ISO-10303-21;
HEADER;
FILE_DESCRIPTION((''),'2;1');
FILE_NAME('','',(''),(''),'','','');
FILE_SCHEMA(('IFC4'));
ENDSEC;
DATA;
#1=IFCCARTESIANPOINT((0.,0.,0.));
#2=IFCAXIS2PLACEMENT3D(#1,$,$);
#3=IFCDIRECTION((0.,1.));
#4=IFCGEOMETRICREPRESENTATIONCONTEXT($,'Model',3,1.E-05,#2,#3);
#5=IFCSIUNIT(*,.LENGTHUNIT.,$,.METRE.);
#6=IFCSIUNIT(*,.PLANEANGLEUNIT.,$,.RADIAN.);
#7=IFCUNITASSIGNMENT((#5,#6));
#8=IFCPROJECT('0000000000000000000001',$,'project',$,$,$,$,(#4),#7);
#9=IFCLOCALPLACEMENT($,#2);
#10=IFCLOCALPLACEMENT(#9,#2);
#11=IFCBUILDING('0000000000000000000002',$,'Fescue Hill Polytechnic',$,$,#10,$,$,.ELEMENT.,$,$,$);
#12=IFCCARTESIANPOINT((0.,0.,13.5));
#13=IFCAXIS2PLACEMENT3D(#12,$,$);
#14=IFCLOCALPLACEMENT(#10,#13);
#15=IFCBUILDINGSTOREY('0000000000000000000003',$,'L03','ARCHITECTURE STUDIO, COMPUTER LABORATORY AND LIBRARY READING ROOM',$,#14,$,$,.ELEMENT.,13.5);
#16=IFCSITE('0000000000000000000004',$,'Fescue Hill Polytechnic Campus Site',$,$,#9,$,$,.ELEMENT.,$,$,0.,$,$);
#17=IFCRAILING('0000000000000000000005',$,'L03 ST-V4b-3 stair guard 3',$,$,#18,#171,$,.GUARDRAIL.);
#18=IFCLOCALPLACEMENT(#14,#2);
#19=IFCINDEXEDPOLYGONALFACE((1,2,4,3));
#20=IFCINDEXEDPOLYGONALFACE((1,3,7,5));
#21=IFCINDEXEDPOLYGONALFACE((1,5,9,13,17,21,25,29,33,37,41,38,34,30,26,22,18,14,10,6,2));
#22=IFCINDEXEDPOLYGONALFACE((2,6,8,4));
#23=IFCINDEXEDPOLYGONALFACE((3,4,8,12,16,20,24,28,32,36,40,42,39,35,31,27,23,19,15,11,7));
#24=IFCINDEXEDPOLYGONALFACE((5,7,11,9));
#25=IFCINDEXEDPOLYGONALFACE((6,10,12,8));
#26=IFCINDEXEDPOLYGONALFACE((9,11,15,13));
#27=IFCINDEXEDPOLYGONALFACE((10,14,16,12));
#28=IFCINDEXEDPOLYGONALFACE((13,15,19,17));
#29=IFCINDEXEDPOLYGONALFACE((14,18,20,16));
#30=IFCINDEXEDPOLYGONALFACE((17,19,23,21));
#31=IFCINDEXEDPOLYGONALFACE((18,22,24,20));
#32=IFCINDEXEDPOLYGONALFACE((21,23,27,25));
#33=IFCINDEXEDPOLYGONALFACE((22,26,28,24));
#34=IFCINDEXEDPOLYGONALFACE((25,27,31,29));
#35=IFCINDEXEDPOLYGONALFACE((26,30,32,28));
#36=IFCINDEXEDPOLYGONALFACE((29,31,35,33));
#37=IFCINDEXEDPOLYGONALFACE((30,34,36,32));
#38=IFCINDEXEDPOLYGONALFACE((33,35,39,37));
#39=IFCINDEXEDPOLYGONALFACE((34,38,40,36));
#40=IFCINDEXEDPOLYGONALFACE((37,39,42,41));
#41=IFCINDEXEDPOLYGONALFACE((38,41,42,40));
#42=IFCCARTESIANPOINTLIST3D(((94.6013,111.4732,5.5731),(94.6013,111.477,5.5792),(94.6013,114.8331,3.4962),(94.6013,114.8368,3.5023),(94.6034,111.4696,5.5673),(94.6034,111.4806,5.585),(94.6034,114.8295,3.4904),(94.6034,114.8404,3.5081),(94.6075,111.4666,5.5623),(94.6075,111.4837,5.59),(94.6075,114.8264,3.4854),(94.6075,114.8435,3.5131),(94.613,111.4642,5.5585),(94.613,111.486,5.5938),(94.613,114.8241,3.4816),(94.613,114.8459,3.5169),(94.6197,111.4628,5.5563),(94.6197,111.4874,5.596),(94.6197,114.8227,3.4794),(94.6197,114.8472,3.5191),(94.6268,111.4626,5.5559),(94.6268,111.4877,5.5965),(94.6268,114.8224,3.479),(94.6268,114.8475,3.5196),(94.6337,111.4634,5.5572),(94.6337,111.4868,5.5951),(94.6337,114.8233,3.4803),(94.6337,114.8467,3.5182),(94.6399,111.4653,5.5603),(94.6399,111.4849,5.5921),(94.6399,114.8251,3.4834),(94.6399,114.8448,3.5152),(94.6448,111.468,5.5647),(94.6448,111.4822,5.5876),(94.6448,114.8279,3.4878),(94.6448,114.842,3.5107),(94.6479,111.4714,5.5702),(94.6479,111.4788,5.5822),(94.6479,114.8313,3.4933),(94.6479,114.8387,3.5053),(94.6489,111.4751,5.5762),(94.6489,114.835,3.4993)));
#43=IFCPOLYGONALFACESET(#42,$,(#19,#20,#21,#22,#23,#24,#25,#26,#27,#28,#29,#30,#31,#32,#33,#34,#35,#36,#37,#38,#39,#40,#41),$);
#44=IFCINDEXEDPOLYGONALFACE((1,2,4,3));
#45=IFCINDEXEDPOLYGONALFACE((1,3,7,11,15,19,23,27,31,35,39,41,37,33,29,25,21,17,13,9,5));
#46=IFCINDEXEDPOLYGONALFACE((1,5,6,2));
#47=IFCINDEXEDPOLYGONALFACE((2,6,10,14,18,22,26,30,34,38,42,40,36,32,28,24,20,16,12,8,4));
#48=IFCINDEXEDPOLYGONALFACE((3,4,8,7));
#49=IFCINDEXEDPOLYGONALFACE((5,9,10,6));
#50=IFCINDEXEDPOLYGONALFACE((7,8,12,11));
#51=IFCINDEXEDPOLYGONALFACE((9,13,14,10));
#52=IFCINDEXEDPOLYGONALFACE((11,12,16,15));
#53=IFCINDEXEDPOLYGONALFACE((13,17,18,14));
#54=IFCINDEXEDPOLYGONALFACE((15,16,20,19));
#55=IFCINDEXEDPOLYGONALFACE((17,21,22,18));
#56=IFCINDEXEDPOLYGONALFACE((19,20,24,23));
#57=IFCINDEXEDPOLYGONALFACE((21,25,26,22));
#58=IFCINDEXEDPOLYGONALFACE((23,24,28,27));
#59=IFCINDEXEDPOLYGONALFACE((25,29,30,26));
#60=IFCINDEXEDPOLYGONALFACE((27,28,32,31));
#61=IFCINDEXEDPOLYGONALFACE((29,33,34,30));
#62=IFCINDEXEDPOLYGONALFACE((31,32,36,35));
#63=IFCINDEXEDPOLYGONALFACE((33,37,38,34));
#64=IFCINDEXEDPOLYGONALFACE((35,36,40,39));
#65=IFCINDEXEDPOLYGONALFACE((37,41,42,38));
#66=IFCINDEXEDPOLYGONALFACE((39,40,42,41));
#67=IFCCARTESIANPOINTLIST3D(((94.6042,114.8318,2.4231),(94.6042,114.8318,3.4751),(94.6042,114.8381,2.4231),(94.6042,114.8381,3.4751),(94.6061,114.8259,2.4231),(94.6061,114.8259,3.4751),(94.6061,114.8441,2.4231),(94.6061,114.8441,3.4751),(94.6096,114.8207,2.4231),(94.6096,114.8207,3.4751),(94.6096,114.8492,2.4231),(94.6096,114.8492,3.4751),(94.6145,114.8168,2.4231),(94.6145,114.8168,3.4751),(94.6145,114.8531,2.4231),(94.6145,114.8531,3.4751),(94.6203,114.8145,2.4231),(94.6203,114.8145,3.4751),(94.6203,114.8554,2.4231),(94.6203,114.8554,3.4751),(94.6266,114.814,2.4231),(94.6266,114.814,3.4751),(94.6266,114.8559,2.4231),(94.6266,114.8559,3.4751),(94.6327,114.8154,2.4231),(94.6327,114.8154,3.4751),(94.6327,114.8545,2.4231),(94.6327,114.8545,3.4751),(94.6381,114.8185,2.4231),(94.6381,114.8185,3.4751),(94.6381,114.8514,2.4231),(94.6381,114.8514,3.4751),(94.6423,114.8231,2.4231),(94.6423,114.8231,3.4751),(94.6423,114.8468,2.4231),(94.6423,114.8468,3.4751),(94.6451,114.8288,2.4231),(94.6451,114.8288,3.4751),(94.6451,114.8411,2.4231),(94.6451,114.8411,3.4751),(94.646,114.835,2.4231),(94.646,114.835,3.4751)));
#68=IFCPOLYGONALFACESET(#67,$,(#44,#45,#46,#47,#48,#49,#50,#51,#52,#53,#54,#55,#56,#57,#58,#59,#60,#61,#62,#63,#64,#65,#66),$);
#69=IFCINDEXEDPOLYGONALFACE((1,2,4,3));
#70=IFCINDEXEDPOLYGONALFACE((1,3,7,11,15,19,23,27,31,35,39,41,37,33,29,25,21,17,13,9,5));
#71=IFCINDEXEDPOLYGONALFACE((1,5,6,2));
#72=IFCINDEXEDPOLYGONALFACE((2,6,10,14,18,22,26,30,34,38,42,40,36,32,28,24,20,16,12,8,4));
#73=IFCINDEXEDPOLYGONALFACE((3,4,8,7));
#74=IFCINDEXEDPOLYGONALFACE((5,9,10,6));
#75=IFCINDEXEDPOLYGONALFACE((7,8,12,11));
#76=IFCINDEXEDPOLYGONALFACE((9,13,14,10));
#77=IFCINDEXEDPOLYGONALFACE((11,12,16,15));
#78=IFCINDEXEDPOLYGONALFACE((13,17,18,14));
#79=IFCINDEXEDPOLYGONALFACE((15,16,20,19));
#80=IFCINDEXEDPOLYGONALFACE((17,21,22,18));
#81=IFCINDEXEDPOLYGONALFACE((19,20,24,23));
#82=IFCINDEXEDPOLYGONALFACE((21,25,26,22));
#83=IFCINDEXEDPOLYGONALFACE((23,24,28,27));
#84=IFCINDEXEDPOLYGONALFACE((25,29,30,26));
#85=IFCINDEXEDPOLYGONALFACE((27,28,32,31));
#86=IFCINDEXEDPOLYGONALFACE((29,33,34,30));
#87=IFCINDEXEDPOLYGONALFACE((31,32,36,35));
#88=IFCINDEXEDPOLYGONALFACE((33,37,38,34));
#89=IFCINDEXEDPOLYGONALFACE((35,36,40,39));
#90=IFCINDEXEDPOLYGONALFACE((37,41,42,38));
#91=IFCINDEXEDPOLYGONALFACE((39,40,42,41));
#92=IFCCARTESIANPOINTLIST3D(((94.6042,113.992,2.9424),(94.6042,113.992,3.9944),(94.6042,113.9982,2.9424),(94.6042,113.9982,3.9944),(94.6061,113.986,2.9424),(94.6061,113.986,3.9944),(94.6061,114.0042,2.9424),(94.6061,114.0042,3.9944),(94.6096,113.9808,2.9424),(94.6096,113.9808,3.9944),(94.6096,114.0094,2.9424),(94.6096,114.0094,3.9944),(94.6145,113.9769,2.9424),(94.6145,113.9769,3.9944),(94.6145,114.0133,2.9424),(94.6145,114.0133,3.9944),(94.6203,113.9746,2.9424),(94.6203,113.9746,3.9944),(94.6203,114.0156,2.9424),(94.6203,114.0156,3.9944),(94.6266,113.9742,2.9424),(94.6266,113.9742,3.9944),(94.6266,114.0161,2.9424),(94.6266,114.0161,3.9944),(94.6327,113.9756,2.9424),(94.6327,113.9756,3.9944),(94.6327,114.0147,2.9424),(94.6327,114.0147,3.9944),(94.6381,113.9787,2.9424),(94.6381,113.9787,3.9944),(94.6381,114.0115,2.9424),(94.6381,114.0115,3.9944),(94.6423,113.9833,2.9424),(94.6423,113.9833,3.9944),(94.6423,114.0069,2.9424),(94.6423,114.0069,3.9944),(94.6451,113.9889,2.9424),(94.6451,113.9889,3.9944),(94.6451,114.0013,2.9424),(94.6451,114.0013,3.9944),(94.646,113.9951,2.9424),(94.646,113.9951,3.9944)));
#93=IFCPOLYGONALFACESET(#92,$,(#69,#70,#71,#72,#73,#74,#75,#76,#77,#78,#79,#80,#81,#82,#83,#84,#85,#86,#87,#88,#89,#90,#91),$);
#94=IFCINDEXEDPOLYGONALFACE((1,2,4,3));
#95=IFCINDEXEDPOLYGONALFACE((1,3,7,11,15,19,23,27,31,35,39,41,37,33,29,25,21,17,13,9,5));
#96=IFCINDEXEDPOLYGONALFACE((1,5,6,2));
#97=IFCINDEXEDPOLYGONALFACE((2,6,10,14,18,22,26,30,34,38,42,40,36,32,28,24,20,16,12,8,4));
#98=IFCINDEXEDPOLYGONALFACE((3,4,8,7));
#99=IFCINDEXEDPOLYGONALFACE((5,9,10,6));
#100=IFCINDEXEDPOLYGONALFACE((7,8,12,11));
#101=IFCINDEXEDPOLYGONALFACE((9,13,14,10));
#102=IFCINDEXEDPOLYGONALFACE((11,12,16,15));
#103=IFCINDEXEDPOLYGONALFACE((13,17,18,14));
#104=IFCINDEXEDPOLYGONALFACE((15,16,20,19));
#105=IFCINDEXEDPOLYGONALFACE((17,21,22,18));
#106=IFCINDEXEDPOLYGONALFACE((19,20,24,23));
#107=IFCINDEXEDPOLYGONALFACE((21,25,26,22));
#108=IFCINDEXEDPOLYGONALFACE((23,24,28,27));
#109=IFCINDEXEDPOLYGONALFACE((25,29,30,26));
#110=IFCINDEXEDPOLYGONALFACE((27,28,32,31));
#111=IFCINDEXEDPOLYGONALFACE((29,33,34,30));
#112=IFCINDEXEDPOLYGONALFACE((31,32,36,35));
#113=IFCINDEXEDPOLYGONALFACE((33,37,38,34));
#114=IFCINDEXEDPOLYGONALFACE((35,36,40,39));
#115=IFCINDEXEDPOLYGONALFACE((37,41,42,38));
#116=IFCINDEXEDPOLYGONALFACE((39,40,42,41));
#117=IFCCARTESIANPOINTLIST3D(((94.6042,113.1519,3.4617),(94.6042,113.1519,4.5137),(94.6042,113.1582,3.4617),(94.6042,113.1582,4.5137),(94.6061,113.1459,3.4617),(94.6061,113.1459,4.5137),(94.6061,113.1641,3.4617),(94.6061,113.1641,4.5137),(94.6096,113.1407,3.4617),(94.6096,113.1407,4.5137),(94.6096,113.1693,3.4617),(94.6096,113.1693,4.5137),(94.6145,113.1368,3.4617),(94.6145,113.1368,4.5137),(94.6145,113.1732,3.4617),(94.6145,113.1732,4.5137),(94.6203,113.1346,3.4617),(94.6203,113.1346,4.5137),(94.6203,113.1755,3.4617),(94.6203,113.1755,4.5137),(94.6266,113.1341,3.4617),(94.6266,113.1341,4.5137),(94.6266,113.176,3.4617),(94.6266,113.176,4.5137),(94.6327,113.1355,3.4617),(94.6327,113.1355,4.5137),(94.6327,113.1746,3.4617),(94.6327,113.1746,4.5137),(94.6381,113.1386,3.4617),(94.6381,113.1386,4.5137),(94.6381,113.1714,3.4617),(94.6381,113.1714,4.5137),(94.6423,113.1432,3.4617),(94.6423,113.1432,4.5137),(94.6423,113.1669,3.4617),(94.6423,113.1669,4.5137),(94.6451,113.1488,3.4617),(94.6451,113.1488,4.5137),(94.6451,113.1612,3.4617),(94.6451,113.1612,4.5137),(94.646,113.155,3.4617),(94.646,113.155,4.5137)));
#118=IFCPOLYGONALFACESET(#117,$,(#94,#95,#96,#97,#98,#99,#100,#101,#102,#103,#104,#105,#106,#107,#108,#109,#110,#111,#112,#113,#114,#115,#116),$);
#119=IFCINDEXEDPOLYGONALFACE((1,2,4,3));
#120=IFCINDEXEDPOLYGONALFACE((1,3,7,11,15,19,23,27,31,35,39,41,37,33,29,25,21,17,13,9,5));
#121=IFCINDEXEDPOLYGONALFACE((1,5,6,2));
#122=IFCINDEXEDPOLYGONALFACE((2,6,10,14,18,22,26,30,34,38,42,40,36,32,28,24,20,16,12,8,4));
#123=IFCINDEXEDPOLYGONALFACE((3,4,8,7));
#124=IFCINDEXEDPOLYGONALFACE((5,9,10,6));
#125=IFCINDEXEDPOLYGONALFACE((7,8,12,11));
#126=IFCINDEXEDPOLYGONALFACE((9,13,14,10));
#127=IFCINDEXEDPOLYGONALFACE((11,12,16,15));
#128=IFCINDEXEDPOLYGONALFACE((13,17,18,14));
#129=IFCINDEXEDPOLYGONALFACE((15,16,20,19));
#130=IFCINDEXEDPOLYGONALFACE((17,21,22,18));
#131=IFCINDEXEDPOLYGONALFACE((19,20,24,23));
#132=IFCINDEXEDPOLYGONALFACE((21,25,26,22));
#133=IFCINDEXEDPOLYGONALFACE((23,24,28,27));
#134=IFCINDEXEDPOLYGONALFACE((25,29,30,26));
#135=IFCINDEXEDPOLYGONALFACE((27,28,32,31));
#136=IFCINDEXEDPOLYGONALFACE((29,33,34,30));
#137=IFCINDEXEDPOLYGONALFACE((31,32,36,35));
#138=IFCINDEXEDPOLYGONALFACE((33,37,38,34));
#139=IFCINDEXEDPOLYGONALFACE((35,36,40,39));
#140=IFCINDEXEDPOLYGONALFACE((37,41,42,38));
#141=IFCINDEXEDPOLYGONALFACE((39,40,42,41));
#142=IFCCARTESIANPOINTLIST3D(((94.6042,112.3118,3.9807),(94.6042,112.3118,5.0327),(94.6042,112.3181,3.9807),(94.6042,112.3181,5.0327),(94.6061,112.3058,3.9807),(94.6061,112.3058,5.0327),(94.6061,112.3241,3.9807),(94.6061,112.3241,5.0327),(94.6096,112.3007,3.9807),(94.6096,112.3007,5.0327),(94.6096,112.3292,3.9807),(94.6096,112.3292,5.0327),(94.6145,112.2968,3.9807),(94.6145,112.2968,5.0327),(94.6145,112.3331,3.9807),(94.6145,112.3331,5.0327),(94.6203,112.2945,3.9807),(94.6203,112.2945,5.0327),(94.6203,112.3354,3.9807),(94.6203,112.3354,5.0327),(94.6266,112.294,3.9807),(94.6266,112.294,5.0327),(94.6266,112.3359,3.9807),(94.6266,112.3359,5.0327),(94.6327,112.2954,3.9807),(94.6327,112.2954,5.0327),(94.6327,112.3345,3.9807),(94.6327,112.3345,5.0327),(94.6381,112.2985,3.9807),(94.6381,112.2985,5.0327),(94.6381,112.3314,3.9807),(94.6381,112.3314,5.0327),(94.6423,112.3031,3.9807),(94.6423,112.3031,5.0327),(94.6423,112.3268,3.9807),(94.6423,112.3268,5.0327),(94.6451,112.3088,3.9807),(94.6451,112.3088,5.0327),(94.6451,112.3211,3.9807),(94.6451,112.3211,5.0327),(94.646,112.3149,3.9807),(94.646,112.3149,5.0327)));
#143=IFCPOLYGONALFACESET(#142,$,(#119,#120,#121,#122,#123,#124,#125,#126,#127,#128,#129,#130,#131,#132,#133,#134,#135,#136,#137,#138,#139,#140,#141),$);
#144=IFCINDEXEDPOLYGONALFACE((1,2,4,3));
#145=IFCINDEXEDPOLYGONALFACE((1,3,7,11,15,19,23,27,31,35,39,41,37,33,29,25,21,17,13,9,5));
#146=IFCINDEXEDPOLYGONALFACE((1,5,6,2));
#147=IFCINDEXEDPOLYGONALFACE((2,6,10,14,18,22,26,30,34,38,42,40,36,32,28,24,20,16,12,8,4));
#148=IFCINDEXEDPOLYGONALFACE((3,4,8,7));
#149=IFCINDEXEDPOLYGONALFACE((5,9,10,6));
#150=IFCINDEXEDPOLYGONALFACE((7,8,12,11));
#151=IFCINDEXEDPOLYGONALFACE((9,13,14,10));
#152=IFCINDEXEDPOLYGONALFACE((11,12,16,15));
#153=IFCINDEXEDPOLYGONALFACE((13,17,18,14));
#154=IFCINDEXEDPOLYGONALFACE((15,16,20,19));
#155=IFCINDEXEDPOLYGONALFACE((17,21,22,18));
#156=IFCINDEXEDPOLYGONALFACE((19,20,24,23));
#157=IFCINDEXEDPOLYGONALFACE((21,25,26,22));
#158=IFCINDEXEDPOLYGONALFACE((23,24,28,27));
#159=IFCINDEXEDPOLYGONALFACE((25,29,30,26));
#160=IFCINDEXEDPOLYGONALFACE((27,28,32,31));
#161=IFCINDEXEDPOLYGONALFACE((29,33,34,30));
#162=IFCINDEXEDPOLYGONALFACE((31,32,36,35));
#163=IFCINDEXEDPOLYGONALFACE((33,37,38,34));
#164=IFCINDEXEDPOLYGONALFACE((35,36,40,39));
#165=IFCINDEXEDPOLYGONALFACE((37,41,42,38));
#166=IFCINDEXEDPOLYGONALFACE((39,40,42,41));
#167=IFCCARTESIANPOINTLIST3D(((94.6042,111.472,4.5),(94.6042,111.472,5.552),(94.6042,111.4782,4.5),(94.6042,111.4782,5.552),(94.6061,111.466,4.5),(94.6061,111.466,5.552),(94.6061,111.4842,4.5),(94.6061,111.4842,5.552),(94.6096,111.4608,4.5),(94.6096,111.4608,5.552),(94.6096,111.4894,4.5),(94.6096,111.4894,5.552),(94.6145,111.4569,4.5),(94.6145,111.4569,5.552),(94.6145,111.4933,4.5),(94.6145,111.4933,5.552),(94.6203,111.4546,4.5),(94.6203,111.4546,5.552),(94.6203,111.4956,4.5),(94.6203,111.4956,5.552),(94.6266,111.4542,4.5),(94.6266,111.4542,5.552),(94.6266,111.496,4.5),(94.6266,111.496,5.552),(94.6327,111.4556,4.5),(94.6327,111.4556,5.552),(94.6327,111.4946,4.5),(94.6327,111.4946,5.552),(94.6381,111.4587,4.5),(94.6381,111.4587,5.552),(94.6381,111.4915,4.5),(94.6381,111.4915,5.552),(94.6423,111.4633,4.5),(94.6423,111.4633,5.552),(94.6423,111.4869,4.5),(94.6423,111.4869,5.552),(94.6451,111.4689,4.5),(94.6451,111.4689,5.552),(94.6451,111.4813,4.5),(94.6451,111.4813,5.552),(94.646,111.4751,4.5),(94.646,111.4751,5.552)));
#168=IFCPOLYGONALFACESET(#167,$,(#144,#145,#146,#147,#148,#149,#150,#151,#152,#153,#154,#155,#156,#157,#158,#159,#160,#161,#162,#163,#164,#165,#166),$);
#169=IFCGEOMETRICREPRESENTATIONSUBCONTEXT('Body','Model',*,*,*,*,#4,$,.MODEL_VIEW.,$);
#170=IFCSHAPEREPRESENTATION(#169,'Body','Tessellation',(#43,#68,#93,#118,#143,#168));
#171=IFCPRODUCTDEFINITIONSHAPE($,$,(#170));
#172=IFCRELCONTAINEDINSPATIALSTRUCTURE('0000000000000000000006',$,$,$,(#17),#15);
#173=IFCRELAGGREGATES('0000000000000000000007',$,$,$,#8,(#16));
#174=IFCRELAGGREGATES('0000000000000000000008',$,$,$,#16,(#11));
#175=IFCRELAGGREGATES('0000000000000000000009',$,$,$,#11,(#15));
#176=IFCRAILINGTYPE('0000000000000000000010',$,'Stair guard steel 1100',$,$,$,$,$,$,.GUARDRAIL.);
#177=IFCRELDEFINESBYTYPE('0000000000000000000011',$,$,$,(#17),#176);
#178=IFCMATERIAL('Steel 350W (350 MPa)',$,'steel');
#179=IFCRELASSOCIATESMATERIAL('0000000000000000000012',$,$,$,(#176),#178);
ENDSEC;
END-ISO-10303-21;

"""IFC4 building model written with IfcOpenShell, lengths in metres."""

from ifc_helpers import new_model, si_unit, direction, frame, origin, origin_2d, place, context, subcontext, project, spatial, circle, extrude, material, type_object, element, save


model = new_model("IFC4")

# Units and contexts
model_context = context("Model", 3, precision=1e-05, world=origin(), true_north=direction((0.0, 1.0)))
body_context = subcontext(model_context, "Body", "Model", "MODEL_VIEW")
ifc_project = project(units=[si_unit("LENGTHUNIT", "METRE"), si_unit("PLANEANGLEUNIT", "RADIAN")], contexts=[model_context])

# Site, building, storey
site_placement = place(None, origin())
site = spatial("IfcSite", under=ifc_project, at=site_placement, Name="Fescue Hill Polytechnic Campus Site", CompositionType="ELEMENT", RefElevation=0.0)
building_placement = place(site_placement, origin())
building = spatial("IfcBuilding", under=site, at=building_placement, Name="Fescue Hill Polytechnic", CompositionType="ELEMENT")
storey_placement = place(building_placement, frame((0.0, 0.0, 13.5)))
storey = spatial("IfcBuildingStorey", under=building, at=storey_placement, Name="L03", Description="ARCHITECTURE STUDIO, COMPUTER LABORATORY AND LIBRARY READING ROOM", CompositionType="ELEMENT", Elevation=13.5)

# Railing
ifc_material_1 = material(Name="Steel 350W (350 MPa)", Category="steel")
railing_type_1 = type_object("IfcRailingType", Name="Stair guard steel 1100", PredefinedType="GUARDRAIL", material=ifc_material_1)
railing_1_placement = place(storey_placement, frame((94.625, 114.835, 2.4231)))
element("IfcRailing", 1, at=railing_1_placement, inside=storey, type_object=railing_type_1, Name="L03 ST-V4b-3 stair guard 3", PredefinedType="GUARDRAIL", context=body_context, shape_type="SweptSolid", body=[
    extrude(circle(Radius=0.0239, at=origin_2d()), frame((0.0, 0.0, 1.0762), z_axis=(0.0, -0.850606, 0.525803), x_axis=(1.0, 0.0, 0.0)), (0.0, 0.0, 1.0), 3.95),
    extrude(circle(Radius=0.021, at=origin_2d()), origin(), (0.0, 0.0, 1.0), 1.052),
    extrude(circle(Radius=0.021, at=origin_2d()), frame((0.0, -0.8398, 0.5193)), (0.0, 0.0, 1.0), 1.052),
    extrude(circle(Radius=0.021, at=origin_2d()), frame((0.0, -1.6799, 1.0386)), (0.0, 0.0, 1.0), 1.052),
    extrude(circle(Radius=0.021, at=origin_2d()), frame((0.0, -2.52, 1.5576)), (0.0, 0.0, 1.0), 1.052),
    extrude(circle(Radius=0.021, at=origin_2d()), frame((0.0, -3.3599, 2.0769)), (0.0, 0.0, 1.0), 1.052),
])

save(model, "model.ifc")
